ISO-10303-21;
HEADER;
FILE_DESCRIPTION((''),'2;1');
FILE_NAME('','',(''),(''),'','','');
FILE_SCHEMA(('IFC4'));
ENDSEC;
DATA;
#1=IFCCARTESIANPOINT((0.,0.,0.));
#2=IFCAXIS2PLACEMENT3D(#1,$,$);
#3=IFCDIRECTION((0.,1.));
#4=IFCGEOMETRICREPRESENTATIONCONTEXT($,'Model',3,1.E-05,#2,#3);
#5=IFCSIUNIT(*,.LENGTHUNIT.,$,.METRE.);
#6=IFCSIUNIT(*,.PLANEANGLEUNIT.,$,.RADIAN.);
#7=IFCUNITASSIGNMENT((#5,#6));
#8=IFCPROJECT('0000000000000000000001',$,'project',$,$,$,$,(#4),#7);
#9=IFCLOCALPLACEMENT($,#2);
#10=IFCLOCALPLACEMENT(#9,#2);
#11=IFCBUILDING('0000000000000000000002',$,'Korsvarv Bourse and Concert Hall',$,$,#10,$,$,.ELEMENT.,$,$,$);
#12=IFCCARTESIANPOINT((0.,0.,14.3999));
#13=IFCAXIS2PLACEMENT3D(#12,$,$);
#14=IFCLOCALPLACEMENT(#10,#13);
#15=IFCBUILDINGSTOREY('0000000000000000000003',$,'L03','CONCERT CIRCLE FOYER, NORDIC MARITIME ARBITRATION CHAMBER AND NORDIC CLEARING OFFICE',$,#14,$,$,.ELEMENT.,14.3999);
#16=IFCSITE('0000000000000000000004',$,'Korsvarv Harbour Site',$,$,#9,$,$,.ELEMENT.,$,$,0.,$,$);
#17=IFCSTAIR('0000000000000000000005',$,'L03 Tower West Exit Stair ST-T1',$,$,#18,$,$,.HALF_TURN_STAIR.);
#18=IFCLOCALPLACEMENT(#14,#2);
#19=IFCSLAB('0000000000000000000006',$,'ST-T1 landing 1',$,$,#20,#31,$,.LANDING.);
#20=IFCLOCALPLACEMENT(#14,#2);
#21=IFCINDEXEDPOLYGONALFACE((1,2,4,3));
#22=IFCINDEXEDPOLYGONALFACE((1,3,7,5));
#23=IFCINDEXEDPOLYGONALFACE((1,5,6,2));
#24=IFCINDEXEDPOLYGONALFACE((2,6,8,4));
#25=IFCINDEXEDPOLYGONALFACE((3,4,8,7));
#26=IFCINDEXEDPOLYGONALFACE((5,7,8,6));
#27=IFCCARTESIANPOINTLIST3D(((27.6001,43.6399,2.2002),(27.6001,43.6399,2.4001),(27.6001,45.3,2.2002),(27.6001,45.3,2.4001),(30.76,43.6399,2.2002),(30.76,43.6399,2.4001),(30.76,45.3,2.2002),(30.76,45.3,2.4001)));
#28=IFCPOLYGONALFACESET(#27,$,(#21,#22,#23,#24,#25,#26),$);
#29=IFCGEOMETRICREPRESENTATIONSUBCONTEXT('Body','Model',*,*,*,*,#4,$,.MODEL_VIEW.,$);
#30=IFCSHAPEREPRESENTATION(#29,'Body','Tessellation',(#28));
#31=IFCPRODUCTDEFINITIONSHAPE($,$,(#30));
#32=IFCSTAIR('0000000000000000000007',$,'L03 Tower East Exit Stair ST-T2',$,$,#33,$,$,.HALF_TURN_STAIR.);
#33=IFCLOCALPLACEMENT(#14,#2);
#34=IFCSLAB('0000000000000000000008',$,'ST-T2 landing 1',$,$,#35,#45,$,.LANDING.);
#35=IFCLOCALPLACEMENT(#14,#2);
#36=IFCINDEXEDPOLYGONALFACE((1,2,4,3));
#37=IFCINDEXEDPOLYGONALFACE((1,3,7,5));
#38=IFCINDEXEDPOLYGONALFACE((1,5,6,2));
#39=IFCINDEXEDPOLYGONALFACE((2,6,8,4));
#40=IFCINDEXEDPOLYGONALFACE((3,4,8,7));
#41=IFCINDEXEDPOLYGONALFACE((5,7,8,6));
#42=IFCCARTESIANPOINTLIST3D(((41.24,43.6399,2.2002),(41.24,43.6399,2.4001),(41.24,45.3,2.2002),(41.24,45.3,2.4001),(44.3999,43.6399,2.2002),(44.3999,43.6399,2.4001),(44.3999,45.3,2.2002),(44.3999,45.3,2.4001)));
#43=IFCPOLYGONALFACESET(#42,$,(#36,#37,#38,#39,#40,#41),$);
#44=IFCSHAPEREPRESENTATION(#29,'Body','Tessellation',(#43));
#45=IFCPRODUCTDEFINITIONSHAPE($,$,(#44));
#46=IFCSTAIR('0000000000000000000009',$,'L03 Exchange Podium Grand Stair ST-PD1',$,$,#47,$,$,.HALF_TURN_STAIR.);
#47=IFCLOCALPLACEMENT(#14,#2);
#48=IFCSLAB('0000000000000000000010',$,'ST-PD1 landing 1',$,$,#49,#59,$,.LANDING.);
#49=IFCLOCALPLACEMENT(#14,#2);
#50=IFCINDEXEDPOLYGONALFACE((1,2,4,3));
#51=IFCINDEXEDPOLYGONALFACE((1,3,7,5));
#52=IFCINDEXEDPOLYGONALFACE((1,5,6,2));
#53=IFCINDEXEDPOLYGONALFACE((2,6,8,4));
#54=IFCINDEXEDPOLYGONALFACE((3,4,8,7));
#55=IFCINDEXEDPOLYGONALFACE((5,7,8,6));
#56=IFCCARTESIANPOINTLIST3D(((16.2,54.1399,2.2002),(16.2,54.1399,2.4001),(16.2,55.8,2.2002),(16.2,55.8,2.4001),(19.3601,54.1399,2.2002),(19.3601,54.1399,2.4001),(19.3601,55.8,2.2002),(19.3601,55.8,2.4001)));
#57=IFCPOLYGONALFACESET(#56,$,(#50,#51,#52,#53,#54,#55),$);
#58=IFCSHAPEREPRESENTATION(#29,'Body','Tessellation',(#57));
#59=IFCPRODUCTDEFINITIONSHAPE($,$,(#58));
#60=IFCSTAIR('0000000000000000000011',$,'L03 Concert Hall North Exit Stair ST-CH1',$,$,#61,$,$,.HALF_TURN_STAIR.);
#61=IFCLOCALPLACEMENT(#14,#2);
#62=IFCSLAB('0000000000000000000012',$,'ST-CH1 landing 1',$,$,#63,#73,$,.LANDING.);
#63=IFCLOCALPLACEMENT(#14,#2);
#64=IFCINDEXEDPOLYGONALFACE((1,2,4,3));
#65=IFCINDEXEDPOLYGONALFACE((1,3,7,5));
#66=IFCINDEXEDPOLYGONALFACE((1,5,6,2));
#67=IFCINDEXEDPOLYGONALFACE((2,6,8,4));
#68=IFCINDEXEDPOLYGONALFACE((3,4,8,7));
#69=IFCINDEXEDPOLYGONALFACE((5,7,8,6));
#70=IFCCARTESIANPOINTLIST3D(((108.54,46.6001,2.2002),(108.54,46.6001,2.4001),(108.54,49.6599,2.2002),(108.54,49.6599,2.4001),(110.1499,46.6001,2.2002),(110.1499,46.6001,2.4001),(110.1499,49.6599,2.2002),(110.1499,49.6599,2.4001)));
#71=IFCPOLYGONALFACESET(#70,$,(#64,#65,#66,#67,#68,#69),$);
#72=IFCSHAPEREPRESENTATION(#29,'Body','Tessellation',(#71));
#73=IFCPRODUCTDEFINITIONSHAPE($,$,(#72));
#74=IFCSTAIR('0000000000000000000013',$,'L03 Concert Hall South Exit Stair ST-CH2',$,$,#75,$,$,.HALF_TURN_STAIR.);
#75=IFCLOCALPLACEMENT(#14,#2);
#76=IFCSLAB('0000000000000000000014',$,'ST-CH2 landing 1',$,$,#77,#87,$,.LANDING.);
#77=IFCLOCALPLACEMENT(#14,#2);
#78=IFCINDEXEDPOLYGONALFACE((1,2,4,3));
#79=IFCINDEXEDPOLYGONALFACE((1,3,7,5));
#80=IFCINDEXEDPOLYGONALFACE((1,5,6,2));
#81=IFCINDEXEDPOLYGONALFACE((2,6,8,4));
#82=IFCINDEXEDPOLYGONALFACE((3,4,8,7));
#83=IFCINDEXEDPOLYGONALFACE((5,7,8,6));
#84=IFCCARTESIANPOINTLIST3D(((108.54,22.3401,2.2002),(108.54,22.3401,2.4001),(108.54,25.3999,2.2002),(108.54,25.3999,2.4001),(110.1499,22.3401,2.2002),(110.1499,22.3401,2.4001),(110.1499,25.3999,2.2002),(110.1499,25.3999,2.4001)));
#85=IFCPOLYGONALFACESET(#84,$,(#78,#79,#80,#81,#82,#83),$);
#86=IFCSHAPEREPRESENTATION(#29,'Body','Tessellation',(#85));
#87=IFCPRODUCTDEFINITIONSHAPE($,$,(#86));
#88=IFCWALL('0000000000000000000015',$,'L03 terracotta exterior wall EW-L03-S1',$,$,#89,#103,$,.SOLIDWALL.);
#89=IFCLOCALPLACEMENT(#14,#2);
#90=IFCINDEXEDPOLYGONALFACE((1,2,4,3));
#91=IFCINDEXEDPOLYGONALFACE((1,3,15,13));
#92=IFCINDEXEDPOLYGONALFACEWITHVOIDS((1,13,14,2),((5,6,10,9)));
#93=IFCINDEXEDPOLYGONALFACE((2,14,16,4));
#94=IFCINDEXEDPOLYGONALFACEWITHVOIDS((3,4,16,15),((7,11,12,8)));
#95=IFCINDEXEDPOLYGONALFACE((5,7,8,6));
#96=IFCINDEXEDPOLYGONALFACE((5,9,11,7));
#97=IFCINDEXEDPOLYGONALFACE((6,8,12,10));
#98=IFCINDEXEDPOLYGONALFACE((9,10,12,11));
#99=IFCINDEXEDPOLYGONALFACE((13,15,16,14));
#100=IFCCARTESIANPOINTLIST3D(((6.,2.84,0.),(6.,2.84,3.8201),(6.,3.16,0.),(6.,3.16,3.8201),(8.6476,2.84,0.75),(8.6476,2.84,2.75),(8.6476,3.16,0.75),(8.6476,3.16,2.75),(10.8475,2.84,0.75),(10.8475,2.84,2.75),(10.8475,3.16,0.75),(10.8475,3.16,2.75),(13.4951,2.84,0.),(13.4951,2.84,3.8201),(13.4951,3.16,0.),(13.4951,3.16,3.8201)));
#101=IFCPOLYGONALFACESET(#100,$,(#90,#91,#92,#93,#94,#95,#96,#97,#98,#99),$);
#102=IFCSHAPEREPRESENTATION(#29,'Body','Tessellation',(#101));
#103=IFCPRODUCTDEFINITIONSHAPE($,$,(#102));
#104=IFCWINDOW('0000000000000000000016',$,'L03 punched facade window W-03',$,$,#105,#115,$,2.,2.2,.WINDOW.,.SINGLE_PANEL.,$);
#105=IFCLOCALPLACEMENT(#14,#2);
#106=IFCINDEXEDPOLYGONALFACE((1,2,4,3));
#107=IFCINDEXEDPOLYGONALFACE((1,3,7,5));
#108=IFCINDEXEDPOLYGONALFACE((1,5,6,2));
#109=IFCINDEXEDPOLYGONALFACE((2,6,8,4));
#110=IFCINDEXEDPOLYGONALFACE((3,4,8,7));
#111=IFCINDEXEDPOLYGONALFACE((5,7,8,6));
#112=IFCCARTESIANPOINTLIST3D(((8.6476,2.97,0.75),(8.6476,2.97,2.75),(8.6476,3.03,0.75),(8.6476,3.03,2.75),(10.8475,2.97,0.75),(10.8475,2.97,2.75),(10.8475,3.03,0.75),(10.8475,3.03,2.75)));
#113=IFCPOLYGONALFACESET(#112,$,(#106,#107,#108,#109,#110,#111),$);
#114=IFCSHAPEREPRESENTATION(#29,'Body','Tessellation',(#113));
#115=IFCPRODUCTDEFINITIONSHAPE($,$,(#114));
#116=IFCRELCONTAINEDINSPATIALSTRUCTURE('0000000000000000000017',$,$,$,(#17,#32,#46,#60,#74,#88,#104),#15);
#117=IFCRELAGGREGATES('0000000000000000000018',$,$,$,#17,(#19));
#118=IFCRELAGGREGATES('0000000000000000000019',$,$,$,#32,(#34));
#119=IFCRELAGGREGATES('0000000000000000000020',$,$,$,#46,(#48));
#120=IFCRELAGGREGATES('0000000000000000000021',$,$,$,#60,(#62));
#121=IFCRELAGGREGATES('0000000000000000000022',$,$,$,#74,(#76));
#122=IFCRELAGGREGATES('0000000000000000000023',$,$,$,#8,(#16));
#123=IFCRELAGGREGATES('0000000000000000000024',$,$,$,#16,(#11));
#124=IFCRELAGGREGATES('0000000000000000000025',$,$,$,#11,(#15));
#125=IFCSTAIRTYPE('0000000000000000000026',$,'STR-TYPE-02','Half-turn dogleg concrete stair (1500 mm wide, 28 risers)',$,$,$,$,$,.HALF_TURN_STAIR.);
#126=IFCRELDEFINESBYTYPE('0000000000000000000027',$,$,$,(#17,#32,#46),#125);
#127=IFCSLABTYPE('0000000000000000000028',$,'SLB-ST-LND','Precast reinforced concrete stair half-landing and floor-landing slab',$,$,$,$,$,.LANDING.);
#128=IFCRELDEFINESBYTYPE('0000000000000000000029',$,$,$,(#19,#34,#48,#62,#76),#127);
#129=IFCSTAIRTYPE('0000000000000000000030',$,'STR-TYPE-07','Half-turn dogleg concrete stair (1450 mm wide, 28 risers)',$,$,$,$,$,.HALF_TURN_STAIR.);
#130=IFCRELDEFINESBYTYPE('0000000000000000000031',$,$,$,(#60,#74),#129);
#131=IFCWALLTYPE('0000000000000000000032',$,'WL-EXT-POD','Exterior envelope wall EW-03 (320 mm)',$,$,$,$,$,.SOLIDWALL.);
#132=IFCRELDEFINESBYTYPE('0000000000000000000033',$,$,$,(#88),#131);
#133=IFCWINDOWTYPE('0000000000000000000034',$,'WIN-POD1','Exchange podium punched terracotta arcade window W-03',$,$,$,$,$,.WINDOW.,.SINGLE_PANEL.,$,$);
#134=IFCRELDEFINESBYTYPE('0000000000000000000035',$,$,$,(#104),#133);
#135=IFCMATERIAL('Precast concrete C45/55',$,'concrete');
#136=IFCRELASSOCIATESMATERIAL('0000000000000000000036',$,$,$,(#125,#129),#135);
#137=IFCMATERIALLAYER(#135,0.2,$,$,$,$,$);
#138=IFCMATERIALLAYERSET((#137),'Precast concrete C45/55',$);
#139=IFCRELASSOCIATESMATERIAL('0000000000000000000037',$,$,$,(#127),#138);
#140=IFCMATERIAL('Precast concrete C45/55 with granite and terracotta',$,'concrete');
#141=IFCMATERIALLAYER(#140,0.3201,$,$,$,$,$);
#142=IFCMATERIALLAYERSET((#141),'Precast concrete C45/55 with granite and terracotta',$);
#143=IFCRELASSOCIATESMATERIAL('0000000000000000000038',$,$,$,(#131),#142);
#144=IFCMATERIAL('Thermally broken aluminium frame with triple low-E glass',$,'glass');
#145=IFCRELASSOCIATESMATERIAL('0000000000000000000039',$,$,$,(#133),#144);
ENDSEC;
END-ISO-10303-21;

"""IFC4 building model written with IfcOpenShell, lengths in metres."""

from ifc_helpers import new_model, si_unit, direction, frame, frame_2d, origin, place, context, subcontext, project, spatial, polyline, rectangle, outline, extrude, material, layer, layer_set, type_object, element, fill, aggregate, save


model = new_model("IFC4")

# Units and contexts
model_context = context("Model", 3, precision=1e-05, world=origin(), true_north=direction((0.0, 1.0)))
body_context = subcontext(model_context, "Body", "Model", "MODEL_VIEW")
ifc_project = project(units=[si_unit("LENGTHUNIT", "METRE"), si_unit("PLANEANGLEUNIT", "RADIAN")], contexts=[model_context])

# Site, building, storey
site_placement = place(None, origin())
site = spatial("IfcSite", under=ifc_project, at=site_placement, Name="Korsvarv Harbour Site", CompositionType="ELEMENT", RefElevation=0.0)
building_placement = place(site_placement, origin())
building = spatial("IfcBuilding", under=site, at=building_placement, Name="Korsvarv Bourse and Concert Hall", CompositionType="ELEMENT")
storey_placement = place(building_placement, frame((0.0, 0.0, 14.3999)))
storey = spatial("IfcBuildingStorey", under=building, at=storey_placement, Name="L03", Description="CONCERT CIRCLE FOYER, NORDIC MARITIME ARBITRATION CHAMBER AND NORDIC CLEARING OFFICE", CompositionType="ELEMENT", Elevation=14.3999)

# Stairs, slabs
ifc_material_1 = material(Name="Precast concrete C45/55", Category="concrete")
stair_type_1 = type_object("IfcStairType", Name="STR-TYPE-02", Description="Half-turn dogleg concrete stair (1500 mm wide, 28 risers)", PredefinedType="HALF_TURN_STAIR", material=ifc_material_1)
stair_1_placement = place(storey_placement, origin())
stair_1 = element("IfcStair", 1, at=stair_1_placement, inside=storey, type_object=stair_type_1, Name="L03 Tower West Exit Stair ST-T1", PredefinedType="HALF_TURN_STAIR")
ifc_layer_1 = layer(ifc_material_1, 0.2)
ifc_layer_set_1 = layer_set([ifc_layer_1], Name="Precast concrete C45/55")
slab_type = type_object("IfcSlabType", Name="SLB-ST-LND", Description="Precast reinforced concrete stair half-landing and floor-landing slab", PredefinedType="LANDING", material=ifc_layer_set_1)
slab_1_placement = place(storey_placement, frame((0.0, 0.0, 2.2002)))
slab_1 = element("IfcSlab", 2, at=slab_1_placement, type_object=slab_type, Name="ST-T1 landing 1", PredefinedType="LANDING", context=body_context, shape_type="SweptSolid", body=[
    extrude(outline(polyline([(30.76, 43.6399), (30.76, 45.3), (27.6001, 45.3), (27.6001, 43.6399), (30.76, 43.6399)])), origin(), (0.0, 0.0, 1.0), 0.2),
])
aggregate(stair_1, [slab_1])
stair_2_placement = place(storey_placement, origin())
stair_2 = element("IfcStair", 3, at=stair_2_placement, inside=storey, type_object=stair_type_1, Name="L03 Tower East Exit Stair ST-T2", PredefinedType="HALF_TURN_STAIR")
slab_2_placement = place(storey_placement, frame((0.0, 0.0, 2.2002)))
slab_2 = element("IfcSlab", 4, at=slab_2_placement, type_object=slab_type, Name="ST-T2 landing 1", PredefinedType="LANDING", context=body_context, shape_type="SweptSolid", body=[
    extrude(outline(polyline([(44.3999, 43.6399), (44.3999, 45.3), (41.24, 45.3), (41.24, 43.6399), (44.3999, 43.6399)])), origin(), (0.0, 0.0, 1.0), 0.2),
])
aggregate(stair_2, [slab_2])
stair_3_placement = place(storey_placement, origin())
stair_3 = element("IfcStair", 5, at=stair_3_placement, inside=storey, type_object=stair_type_1, Name="L03 Exchange Podium Grand Stair ST-PD1", PredefinedType="HALF_TURN_STAIR")
slab_3_placement = place(storey_placement, frame((0.0, 0.0, 2.2002)))
slab_3 = element("IfcSlab", 6, at=slab_3_placement, type_object=slab_type, Name="ST-PD1 landing 1", PredefinedType="LANDING", context=body_context, shape_type="SweptSolid", body=[
    extrude(outline(polyline([(19.3601, 54.1399), (19.3601, 55.8), (16.2, 55.8), (16.2, 54.1399), (19.3601, 54.1399)])), origin(), (0.0, 0.0, 1.0), 0.2),
])
aggregate(stair_3, [slab_3])
stair_type_2 = type_object("IfcStairType", Name="STR-TYPE-07", Description="Half-turn dogleg concrete stair (1450 mm wide, 28 risers)", PredefinedType="HALF_TURN_STAIR", material=ifc_material_1)
stair_4_placement = place(storey_placement, origin())
stair_4 = element("IfcStair", 7, at=stair_4_placement, inside=storey, type_object=stair_type_2, Name="L03 Concert Hall North Exit Stair ST-CH1", PredefinedType="HALF_TURN_STAIR")
slab_4_placement = place(storey_placement, frame((0.0, 0.0, 2.2002)))
slab_4 = element("IfcSlab", 8, at=slab_4_placement, type_object=slab_type, Name="ST-CH1 landing 1", PredefinedType="LANDING", context=body_context, shape_type="SweptSolid", body=[
    extrude(outline(polyline([(108.54, 46.6001), (110.1499, 46.6001), (110.1499, 49.6599), (108.54, 49.6599), (108.54, 46.6001)])), origin(), (0.0, 0.0, 1.0), 0.2),
])
aggregate(stair_4, [slab_4])
stair_5_placement = place(storey_placement, origin())
stair_5 = element("IfcStair", 9, at=stair_5_placement, inside=storey, type_object=stair_type_2, Name="L03 Concert Hall South Exit Stair ST-CH2", PredefinedType="HALF_TURN_STAIR")
slab_5_placement = place(storey_placement, frame((0.0, 0.0, 2.2002)))
slab_5 = element("IfcSlab", 10, at=slab_5_placement, type_object=slab_type, Name="ST-CH2 landing 1", PredefinedType="LANDING", context=body_context, shape_type="SweptSolid", body=[
    extrude(outline(polyline([(108.54, 22.3401), (110.1499, 22.3401), (110.1499, 25.3999), (108.54, 25.3999), (108.54, 22.3401)])), origin(), (0.0, 0.0, 1.0), 0.2),
])
aggregate(stair_5, [slab_5])

# Wall, opening, window
ifc_material_2 = material(Name="Precast concrete C45/55 with granite and terracotta", Category="concrete")
ifc_layer_2 = layer(ifc_material_2, 0.3201)
ifc_layer_set_2 = layer_set([ifc_layer_2], Name="Precast concrete C45/55 with granite and terracotta")
wall_type = type_object("IfcWallType", Name="WL-EXT-POD", Description="Exterior envelope wall EW-03 (320 mm)", PredefinedType="SOLIDWALL", material=ifc_layer_set_2)
wall_placement = place(storey_placement, frame((6.0, 3.0, 0.0), z_axis=(0.0, 0.0, 1.0), x_axis=(1.0, 0.0, 0.0)))
wall = element("IfcWall", 11, at=wall_placement, inside=storey, type_object=wall_type, Name="L03 terracotta exterior wall EW-L03-S1", PredefinedType="SOLIDWALL", context=body_context, shape_type="SweptSolid", body=[
    extrude(rectangle(XDim=7.4951, YDim=0.3201, at=frame_2d((3.7476, 0.0))), origin(), (0.0, 0.0, 1.0), 3.8201),
])
opening_placement = place(wall_placement, frame((2.6475, 0.0, 0.75)))
opening = element("IfcOpeningElement", 12, at=opening_placement, cuts=wall, PredefinedType="OPENING", context=body_context, shape_type="SweptSolid", body=[
    extrude(rectangle(XDim=2.2, YDim=2.0, at=frame_2d((1.1001, 1.0))), frame((0.0, 0.1699, 0.0), z_axis=(0.0, -1.0, 0.0), x_axis=(1.0, 0.0, 0.0)), (0.0, 0.0, 1.0), 0.3401),
])
ifc_material_3 = material(Name="Thermally broken aluminium frame with triple low-E glass", Category="glass")
window_type = type_object("IfcWindowType", Name="WIN-POD1", Description="Exchange podium punched terracotta arcade window W-03", PartitioningType="SINGLE_PANEL", PredefinedType="WINDOW", material=ifc_material_3)
window_placement = place(opening_placement, origin())
window = element("IfcWindow", 13, at=window_placement, inside=storey, type_object=window_type, Name="L03 punched facade window W-03", OverallHeight=2.0, OverallWidth=2.2, PartitioningType="SINGLE_PANEL", PredefinedType="WINDOW", context=body_context, shape_type="SweptSolid", body=[
    extrude(rectangle(XDim=2.2, YDim=2.0, at=frame_2d((1.1001, 1.0))), frame((0.0, 0.03, 0.0), z_axis=(0.0, -1.0, 0.0), x_axis=(1.0, 0.0, 0.0)), (0.0, 0.0, 1.0), 0.0601),
])
fill(opening, window)

save(model, "model.ifc")
